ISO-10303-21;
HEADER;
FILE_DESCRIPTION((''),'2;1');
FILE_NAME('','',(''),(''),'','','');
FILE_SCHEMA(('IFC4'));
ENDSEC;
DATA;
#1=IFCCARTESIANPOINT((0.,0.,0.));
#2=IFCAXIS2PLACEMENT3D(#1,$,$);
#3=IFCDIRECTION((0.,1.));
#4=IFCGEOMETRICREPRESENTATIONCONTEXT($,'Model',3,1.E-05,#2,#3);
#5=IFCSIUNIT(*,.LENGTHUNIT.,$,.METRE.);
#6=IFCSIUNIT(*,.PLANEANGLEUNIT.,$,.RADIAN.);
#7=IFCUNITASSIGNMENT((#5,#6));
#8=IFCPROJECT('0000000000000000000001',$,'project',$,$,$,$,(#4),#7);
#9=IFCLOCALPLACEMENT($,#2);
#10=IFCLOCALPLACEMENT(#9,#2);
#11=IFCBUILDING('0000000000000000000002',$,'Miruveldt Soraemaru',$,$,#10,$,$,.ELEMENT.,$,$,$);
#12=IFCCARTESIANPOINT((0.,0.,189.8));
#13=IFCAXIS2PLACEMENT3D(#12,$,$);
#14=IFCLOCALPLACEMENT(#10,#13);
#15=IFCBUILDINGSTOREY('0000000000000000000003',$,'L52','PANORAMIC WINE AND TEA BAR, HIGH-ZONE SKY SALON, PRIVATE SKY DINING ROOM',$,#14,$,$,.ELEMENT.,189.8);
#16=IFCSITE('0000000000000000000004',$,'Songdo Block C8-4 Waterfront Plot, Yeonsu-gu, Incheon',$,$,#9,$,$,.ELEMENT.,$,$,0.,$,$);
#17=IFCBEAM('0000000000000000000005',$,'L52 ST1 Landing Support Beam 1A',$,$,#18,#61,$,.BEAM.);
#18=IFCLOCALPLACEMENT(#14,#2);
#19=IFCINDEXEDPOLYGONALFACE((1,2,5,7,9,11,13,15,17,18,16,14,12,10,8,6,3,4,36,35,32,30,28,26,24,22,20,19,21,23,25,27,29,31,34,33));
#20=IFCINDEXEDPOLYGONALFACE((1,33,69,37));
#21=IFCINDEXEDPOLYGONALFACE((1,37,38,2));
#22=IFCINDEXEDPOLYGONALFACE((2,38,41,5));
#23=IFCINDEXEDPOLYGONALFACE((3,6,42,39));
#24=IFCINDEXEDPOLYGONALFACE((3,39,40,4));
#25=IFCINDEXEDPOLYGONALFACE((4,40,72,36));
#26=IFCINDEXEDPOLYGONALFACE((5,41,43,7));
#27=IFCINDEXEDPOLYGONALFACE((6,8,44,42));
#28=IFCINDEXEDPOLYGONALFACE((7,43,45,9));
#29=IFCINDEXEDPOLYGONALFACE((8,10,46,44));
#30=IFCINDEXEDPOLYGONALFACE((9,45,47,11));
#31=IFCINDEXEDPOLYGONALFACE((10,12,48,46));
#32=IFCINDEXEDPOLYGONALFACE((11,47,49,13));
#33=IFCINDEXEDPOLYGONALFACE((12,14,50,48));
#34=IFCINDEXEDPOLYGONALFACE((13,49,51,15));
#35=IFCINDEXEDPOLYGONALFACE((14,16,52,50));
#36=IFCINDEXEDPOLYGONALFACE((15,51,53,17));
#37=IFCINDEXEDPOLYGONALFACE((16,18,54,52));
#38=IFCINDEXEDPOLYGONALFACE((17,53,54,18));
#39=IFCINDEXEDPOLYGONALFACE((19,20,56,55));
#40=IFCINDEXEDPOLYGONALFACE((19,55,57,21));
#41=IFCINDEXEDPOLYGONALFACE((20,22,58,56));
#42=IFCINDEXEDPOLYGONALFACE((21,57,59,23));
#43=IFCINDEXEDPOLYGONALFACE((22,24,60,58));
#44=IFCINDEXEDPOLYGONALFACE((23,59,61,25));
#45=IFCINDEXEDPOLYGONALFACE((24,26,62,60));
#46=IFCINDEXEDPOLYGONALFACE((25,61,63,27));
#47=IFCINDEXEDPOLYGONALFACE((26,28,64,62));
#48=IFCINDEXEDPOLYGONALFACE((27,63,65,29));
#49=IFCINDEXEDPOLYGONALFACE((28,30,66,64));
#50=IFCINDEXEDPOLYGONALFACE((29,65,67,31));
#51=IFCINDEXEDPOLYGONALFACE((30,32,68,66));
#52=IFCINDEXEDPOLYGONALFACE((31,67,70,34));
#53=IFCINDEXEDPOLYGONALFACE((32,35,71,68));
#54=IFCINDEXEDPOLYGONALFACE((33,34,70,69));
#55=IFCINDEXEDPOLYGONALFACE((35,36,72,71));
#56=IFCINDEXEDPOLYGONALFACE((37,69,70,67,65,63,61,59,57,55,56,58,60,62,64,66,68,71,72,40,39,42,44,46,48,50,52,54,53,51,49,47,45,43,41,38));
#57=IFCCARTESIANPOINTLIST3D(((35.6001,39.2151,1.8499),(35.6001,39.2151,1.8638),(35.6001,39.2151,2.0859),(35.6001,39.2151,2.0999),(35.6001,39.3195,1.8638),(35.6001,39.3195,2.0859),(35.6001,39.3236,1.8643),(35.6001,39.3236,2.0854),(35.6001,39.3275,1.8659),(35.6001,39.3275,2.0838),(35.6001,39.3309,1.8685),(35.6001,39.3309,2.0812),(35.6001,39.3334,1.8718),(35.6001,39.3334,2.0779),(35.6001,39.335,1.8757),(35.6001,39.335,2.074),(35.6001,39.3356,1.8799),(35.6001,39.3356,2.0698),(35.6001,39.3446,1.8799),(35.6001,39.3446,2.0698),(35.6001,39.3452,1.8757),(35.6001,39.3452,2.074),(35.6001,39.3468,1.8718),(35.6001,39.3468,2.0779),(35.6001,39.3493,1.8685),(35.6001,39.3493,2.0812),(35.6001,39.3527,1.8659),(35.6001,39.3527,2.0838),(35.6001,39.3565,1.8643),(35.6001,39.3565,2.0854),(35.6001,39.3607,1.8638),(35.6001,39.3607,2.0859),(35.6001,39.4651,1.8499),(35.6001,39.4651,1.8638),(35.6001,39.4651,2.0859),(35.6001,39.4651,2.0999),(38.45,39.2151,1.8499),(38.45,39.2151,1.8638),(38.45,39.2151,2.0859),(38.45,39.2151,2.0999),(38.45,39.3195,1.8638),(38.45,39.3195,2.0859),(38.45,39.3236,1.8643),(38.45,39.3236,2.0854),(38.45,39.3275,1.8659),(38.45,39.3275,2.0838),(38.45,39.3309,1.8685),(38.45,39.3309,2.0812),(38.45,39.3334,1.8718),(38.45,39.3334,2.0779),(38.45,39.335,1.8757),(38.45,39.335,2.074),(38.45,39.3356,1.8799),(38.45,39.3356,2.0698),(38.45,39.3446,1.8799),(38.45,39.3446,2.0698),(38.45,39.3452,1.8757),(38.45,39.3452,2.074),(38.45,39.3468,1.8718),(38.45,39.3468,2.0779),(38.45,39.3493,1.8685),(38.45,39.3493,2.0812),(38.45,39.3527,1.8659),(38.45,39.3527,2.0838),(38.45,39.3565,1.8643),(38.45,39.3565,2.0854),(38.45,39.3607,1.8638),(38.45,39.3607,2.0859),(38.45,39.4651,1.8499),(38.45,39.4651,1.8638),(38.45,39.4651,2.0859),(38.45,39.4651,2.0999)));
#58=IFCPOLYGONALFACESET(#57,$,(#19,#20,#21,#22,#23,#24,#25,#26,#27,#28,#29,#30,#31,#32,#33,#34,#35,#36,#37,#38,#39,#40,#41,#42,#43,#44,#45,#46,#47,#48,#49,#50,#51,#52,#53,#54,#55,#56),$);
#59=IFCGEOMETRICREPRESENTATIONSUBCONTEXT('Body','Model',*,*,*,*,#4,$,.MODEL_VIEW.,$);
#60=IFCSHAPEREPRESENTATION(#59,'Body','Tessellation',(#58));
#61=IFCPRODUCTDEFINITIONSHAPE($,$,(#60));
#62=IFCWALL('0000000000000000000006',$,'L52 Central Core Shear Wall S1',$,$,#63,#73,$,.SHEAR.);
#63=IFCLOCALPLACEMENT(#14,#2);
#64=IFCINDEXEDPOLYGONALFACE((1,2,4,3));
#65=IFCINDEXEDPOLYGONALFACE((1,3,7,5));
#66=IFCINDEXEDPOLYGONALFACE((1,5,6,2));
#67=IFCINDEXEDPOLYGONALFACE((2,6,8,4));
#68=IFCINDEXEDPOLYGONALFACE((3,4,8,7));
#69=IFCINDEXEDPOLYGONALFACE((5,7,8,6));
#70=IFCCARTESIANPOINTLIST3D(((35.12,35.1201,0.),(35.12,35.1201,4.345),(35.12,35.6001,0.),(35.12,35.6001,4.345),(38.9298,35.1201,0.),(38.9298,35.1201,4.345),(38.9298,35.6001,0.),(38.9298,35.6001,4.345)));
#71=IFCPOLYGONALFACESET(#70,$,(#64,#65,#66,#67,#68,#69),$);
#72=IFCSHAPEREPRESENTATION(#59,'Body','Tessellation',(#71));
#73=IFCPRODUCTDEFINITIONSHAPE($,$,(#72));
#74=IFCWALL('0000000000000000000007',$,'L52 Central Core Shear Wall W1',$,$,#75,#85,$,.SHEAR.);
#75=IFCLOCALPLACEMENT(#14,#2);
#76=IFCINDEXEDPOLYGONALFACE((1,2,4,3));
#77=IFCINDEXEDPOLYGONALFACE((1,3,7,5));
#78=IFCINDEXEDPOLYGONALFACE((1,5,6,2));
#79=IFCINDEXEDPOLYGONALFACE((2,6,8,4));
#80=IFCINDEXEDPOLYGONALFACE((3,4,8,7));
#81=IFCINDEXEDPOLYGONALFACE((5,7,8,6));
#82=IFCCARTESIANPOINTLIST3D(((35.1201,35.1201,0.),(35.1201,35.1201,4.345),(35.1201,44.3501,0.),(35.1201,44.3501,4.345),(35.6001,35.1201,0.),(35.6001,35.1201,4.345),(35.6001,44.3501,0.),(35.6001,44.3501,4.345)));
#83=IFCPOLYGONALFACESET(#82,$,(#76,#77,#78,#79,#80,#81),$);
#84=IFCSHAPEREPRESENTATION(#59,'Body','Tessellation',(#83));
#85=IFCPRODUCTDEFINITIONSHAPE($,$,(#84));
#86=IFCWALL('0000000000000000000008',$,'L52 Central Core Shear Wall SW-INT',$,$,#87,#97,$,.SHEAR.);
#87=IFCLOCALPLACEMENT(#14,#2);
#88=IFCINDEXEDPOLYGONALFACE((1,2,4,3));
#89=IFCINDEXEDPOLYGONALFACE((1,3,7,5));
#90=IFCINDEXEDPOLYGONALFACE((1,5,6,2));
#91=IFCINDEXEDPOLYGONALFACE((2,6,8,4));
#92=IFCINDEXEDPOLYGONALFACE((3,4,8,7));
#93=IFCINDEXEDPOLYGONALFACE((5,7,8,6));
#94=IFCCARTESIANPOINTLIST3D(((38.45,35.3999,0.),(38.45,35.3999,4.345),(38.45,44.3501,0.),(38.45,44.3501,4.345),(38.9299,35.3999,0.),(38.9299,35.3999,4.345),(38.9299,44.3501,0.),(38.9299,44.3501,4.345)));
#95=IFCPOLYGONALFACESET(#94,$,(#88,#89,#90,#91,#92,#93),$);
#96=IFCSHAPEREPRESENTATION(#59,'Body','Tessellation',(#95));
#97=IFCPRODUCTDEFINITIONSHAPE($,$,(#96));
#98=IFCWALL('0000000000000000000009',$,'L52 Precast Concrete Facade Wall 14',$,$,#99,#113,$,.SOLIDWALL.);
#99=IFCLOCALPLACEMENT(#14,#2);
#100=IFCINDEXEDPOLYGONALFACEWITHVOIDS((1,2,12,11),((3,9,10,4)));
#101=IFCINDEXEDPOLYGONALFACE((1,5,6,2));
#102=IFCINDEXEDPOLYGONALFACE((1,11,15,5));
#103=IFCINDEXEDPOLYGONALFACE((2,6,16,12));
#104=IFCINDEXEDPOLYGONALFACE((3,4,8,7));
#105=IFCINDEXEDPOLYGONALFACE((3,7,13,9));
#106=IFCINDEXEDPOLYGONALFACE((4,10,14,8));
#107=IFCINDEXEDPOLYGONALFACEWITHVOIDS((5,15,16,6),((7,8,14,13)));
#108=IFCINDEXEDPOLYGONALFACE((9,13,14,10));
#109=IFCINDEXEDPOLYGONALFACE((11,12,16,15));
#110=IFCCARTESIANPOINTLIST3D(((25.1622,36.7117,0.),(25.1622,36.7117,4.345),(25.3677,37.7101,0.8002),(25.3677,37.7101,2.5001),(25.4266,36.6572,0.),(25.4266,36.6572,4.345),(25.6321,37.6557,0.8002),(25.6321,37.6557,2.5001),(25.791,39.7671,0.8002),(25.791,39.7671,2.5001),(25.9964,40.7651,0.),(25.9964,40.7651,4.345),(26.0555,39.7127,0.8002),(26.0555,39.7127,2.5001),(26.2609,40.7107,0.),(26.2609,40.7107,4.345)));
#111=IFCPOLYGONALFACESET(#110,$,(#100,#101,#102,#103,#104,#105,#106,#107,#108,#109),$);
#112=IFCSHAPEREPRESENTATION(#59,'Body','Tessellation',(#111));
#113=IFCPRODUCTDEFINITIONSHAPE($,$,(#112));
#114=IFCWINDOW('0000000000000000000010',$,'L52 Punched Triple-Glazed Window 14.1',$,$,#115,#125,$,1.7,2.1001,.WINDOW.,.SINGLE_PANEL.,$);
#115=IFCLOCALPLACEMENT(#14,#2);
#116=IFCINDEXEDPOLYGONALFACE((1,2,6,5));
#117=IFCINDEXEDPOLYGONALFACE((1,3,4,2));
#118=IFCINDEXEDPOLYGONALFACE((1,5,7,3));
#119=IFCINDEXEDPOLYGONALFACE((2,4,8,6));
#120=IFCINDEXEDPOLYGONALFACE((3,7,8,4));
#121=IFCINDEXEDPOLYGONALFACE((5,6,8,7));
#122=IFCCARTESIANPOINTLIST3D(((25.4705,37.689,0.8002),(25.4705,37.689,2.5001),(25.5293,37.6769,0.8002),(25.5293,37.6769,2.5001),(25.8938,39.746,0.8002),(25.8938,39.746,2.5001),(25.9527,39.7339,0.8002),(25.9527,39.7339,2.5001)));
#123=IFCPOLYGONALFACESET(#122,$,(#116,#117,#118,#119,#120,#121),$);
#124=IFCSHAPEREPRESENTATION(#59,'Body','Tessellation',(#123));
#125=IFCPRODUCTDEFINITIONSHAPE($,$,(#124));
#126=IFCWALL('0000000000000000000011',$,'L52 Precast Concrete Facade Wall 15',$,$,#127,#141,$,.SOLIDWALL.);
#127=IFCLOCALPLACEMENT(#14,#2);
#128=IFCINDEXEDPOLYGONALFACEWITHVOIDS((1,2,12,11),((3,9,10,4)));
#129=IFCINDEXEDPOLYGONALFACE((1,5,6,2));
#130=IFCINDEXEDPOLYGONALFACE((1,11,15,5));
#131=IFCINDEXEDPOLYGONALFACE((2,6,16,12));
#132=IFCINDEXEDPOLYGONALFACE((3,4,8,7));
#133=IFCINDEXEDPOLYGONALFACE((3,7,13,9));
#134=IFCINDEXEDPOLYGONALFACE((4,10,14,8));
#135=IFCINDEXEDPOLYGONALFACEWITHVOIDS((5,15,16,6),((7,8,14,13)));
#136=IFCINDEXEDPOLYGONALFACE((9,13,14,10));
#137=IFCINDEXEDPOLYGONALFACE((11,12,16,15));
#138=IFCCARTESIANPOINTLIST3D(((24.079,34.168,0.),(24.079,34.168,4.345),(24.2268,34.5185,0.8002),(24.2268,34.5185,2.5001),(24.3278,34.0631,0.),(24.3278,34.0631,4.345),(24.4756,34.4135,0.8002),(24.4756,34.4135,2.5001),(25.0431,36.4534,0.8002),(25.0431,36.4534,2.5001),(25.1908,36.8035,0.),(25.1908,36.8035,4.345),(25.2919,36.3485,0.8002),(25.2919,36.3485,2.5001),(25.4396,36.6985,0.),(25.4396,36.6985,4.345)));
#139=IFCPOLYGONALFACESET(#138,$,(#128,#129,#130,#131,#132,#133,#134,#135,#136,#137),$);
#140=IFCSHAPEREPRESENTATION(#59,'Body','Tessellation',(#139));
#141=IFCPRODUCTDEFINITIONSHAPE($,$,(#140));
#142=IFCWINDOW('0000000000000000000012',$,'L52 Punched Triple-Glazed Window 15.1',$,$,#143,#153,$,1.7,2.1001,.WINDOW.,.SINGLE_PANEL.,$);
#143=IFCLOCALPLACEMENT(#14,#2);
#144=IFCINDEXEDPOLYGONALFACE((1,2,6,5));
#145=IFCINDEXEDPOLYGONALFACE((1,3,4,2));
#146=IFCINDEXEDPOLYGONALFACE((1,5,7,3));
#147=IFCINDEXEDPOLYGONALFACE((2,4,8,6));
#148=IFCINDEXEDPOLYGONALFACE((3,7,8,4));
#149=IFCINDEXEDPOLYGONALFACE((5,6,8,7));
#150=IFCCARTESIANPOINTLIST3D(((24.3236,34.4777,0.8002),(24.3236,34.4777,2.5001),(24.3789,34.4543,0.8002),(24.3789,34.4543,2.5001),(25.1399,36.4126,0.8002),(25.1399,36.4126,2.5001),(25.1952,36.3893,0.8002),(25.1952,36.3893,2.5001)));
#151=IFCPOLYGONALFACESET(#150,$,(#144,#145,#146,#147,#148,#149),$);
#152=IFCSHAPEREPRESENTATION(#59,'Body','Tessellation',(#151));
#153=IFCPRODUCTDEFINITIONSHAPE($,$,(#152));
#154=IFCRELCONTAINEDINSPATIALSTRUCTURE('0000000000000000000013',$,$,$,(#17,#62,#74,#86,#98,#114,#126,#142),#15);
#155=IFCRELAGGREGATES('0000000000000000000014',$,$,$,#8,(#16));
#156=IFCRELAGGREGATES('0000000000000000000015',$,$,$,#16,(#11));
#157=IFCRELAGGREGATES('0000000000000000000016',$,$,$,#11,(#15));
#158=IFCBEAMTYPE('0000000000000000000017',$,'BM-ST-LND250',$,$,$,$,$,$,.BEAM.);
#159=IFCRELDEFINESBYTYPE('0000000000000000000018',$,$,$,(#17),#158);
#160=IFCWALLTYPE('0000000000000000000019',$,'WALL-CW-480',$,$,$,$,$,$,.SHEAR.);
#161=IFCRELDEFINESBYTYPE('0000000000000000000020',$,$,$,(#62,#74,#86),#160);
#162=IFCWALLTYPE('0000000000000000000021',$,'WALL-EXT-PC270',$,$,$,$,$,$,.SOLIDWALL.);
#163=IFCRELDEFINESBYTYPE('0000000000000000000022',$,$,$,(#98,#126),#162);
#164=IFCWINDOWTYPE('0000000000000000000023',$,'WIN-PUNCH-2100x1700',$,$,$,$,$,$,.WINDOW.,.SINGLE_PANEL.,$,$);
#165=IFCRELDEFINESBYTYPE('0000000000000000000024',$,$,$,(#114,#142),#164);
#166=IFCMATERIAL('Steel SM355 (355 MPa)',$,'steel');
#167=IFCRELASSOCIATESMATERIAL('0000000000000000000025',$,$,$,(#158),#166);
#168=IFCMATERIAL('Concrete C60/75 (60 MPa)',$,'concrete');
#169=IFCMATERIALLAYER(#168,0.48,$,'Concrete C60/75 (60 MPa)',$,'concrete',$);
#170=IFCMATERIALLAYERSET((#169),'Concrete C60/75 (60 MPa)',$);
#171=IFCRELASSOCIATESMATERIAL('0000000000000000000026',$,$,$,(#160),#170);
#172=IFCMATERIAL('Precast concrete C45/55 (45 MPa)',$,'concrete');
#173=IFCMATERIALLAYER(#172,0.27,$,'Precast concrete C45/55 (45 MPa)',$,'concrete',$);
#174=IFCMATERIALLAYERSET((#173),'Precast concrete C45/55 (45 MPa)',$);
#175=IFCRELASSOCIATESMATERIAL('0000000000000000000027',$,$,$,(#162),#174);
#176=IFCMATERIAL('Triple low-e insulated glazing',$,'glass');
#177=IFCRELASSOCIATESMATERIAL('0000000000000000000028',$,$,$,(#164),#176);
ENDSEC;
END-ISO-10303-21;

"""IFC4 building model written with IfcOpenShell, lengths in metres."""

from ifc_helpers import new_model, si_unit, direction, frame, frame_2d, origin, origin_2d, place, context, subcontext, project, spatial, rectangle, i_section, extrude, material, layer, layer_set, material_profile, profile_set, type_object, element, fill, save


model = new_model("IFC4")

# Units and contexts
model_context = context("Model", 3, precision=1e-05, world=origin(), true_north=direction((0.0, 1.0)))
body_context = subcontext(model_context, "Body", "Model", "MODEL_VIEW")
ifc_project = project(units=[si_unit("LENGTHUNIT", "METRE"), si_unit("PLANEANGLEUNIT", "RADIAN")], contexts=[model_context])

# Site, building, storey
site_placement = place(None, origin())
site = spatial("IfcSite", under=ifc_project, at=site_placement, Name="Songdo Block C8-4 Waterfront Plot, Yeonsu-gu, Incheon", CompositionType="ELEMENT", RefElevation=0.0)
building_placement = place(site_placement, origin())
building = spatial("IfcBuilding", under=site, at=building_placement, Name="Miruveldt Soraemaru", CompositionType="ELEMENT")
storey_placement = place(building_placement, frame((0.0, 0.0, 189.8)))
storey = spatial("IfcBuildingStorey", under=building, at=storey_placement, Name="L52", Description="PANORAMIC WINE AND TEA BAR, HIGH-ZONE SKY SALON, PRIVATE SKY DINING ROOM", CompositionType="ELEMENT", Elevation=189.8)

# Shared definitions
ifc_material_1 = material(Name="Concrete C60/75 (60 MPa)", Category="concrete")

# Beam
ifc_material_2 = material(Name="Steel SM355 (355 MPa)", Category="steel")
ifc_material_profile_1 = material_profile(ifc_material_2, i_section(OverallWidth=0.25, OverallDepth=0.25, WebThickness=0.009, FlangeThickness=0.0139, FilletRadius=0.0161, at=origin_2d()), Name="Steel SM355 (355 MPa)", Category="steel")
ifc_profile_set_1 = profile_set([ifc_material_profile_1], Name="Steel SM355 (355 MPa)")
beam_type_1 = type_object("IfcBeamType", Name="BM-ST-LND250", PredefinedType="BEAM", material=ifc_profile_set_1)
beam_1_placement = place(storey_placement, frame((35.6001, 39.3401, 1.9749), z_axis=(1.0, 0.0, 0.0), x_axis=(0.0, 1.0, 0.0)))
element("IfcBeam", 1, at=beam_1_placement, inside=storey, type_object=beam_type_1, Name="L52 ST1 Landing Support Beam 1A", PredefinedType="BEAM", context=body_context, shape_type="SweptSolid", body=[
    extrude(i_section(OverallWidth=0.25, OverallDepth=0.25, WebThickness=0.009, FlangeThickness=0.0139, FilletRadius=0.0161, at=origin_2d()), origin(), (0.0, 0.0, 1.0), 2.8499),
])

# Walls
ifc_layer_1 = layer(ifc_material_1, 0.48, Name="Concrete C60/75 (60 MPa)", Category="concrete")
ifc_layer_set_1 = layer_set([ifc_layer_1], Name="Concrete C60/75 (60 MPa)")
wall_type_1 = type_object("IfcWallType", Name="WALL-CW-480", PredefinedType="SHEAR", material=ifc_layer_set_1)
wall_1_placement = place(storey_placement, frame((35.1201, 35.3601, 0.0), z_axis=(0.0, 0.0, 1.0), x_axis=(1.0, 0.0, 0.0)))
element("IfcWall", 2, at=wall_1_placement, inside=storey, type_object=wall_type_1, Name="L52 Central Core Shear Wall S1", PredefinedType="SHEAR", context=body_context, shape_type="SweptSolid", body=[
    extrude(rectangle(XDim=3.8098, YDim=0.48, at=frame_2d((1.9048, 0.0))), origin(), (0.0, 0.0, 1.0), 4.345),
])
wall_2_placement = place(storey_placement, frame((35.3601, 35.1201, 0.0), z_axis=(0.0, 0.0, 1.0), x_axis=(0.0, 1.0, 0.0)))
element("IfcWall", 3, at=wall_2_placement, inside=storey, type_object=wall_type_1, Name="L52 Central Core Shear Wall W1", PredefinedType="SHEAR", context=body_context, shape_type="SweptSolid", body=[
    extrude(rectangle(XDim=9.23, YDim=0.48, at=frame_2d((4.615, 0.0))), origin(), (0.0, 0.0, 1.0), 4.345),
])
wall_3_placement = place(storey_placement, frame((38.6899, 35.3999, 0.0), z_axis=(0.0, 0.0, 1.0), x_axis=(0.0, 1.0, 0.0)))
element("IfcWall", 4, at=wall_3_placement, inside=storey, type_object=wall_type_1, Name="L52 Central Core Shear Wall SW-INT", PredefinedType="SHEAR", context=body_context, shape_type="SweptSolid", body=[
    extrude(rectangle(XDim=8.9502, YDim=0.48, at=frame_2d((4.4751, 0.0))), origin(), (0.0, 0.0, 1.0), 4.345),
])

# Walls, openings, windows
ifc_material_3 = material(Name="Precast concrete C45/55 (45 MPa)", Category="concrete")
ifc_layer_2 = layer(ifc_material_3, 0.27, Name="Precast concrete C45/55 (45 MPa)", Category="concrete")
ifc_layer_set_2 = layer_set([ifc_layer_2], Name="Precast concrete C45/55 (45 MPa)")
wall_type_2 = type_object("IfcWallType", Name="WALL-EXT-PC270", PredefinedType="SOLIDWALL", material=ifc_layer_set_2)
wall_4_placement = place(storey_placement, frame((26.1287, 40.738, 0.0), z_axis=(0.0, 0.0, 1.0), x_axis=(-0.201581, -0.979472, 0.0)))
wall_4 = element("IfcWall", 5, at=wall_4_placement, inside=storey, type_object=wall_type_2, Name="L52 Precast Concrete Facade Wall 14", PredefinedType="SOLIDWALL", context=body_context, shape_type="SweptSolid", body=[
    extrude(rectangle(XDim=4.1384, YDim=0.27, at=frame_2d((2.0693, 0.0))), origin(), (0.0, 0.0, 1.0), 4.345),
])
opening_1_placement = place(wall_4_placement, frame((1.019, 0.0, 0.8)))
opening_1 = element("IfcOpeningElement", 6, at=opening_1_placement, cuts=wall_4, PredefinedType="OPENING", context=body_context, shape_type="SweptSolid", body=[
    extrude(rectangle(XDim=2.1001, YDim=1.7, at=frame_2d((1.05, 0.8501))), frame((0.0, 0.145, 0.0), z_axis=(0.0, -1.0, 0.0), x_axis=(1.0, 0.0, 0.0)), (0.0, 0.0, 1.0), 0.29),
])
ifc_material_4 = material(Name="Triple low-e insulated glazing", Category="glass")
window_type_1 = type_object("IfcWindowType", Name="WIN-PUNCH-2100x1700", PartitioningType="SINGLE_PANEL", PredefinedType="WINDOW", material=ifc_material_4)
window_1_placement = place(opening_1_placement, origin())
window_1 = element("IfcWindow", 7, at=window_1_placement, inside=storey, type_object=window_type_1, Name="L52 Punched Triple-Glazed Window 14.1", OverallHeight=1.7, OverallWidth=2.1001, PartitioningType="SINGLE_PANEL", PredefinedType="WINDOW", context=body_context, shape_type="SweptSolid", body=[
    extrude(rectangle(XDim=2.1001, YDim=1.7, at=frame_2d((1.05, 0.8501))), frame((0.0, 0.03, 0.0), z_axis=(0.0, -1.0, 0.0), x_axis=(1.0, 0.0, 0.0)), (0.0, 0.0, 1.0), 0.0601),
])
fill(opening_1, window_1)
wall_5_placement = place(storey_placement, frame((25.3152, 36.751, 0.0), z_axis=(0.0, 0.0, 1.0), x_axis=(-0.38869, -0.921368, 0.0)))
wall_5 = element("IfcWall", 8, at=wall_5_placement, inside=storey, type_object=wall_type_2, Name="L52 Precast Concrete Facade Wall 15", PredefinedType="SOLIDWALL", context=body_context, shape_type="SweptSolid", body=[
    extrude(rectangle(XDim=2.8604, YDim=0.27, at=frame_2d((1.4302, 0.0))), origin(), (0.0, 0.0, 1.0), 4.345),
])
opening_2_placement = place(wall_5_placement, frame((0.3799, 0.0, 0.8)))
opening_2 = element("IfcOpeningElement", 9, at=opening_2_placement, cuts=wall_5, PredefinedType="OPENING", context=body_context, shape_type="SweptSolid", body=[
    extrude(rectangle(XDim=2.1001, YDim=1.7, at=frame_2d((1.05, 0.8501))), frame((0.0, 0.145, 0.0), z_axis=(0.0, -1.0, 0.0), x_axis=(1.0, 0.0, 0.0)), (0.0, 0.0, 1.0), 0.29),
])
window_2_placement = place(opening_2_placement, origin())
window_2 = element("IfcWindow", 10, at=window_2_placement, inside=storey, type_object=window_type_1, Name="L52 Punched Triple-Glazed Window 15.1", OverallHeight=1.7, OverallWidth=2.1001, PartitioningType="SINGLE_PANEL", PredefinedType="WINDOW", context=body_context, shape_type="SweptSolid", body=[
    extrude(rectangle(XDim=2.1001, YDim=1.7, at=frame_2d((1.05, 0.8501))), frame((0.0, 0.03, 0.0), z_axis=(0.0, -1.0, 0.0), x_axis=(1.0, 0.0, 0.0)), (0.0, 0.0, 1.0), 0.0601),
])
fill(opening_2, window_2)

save(model, "model.ifc")
